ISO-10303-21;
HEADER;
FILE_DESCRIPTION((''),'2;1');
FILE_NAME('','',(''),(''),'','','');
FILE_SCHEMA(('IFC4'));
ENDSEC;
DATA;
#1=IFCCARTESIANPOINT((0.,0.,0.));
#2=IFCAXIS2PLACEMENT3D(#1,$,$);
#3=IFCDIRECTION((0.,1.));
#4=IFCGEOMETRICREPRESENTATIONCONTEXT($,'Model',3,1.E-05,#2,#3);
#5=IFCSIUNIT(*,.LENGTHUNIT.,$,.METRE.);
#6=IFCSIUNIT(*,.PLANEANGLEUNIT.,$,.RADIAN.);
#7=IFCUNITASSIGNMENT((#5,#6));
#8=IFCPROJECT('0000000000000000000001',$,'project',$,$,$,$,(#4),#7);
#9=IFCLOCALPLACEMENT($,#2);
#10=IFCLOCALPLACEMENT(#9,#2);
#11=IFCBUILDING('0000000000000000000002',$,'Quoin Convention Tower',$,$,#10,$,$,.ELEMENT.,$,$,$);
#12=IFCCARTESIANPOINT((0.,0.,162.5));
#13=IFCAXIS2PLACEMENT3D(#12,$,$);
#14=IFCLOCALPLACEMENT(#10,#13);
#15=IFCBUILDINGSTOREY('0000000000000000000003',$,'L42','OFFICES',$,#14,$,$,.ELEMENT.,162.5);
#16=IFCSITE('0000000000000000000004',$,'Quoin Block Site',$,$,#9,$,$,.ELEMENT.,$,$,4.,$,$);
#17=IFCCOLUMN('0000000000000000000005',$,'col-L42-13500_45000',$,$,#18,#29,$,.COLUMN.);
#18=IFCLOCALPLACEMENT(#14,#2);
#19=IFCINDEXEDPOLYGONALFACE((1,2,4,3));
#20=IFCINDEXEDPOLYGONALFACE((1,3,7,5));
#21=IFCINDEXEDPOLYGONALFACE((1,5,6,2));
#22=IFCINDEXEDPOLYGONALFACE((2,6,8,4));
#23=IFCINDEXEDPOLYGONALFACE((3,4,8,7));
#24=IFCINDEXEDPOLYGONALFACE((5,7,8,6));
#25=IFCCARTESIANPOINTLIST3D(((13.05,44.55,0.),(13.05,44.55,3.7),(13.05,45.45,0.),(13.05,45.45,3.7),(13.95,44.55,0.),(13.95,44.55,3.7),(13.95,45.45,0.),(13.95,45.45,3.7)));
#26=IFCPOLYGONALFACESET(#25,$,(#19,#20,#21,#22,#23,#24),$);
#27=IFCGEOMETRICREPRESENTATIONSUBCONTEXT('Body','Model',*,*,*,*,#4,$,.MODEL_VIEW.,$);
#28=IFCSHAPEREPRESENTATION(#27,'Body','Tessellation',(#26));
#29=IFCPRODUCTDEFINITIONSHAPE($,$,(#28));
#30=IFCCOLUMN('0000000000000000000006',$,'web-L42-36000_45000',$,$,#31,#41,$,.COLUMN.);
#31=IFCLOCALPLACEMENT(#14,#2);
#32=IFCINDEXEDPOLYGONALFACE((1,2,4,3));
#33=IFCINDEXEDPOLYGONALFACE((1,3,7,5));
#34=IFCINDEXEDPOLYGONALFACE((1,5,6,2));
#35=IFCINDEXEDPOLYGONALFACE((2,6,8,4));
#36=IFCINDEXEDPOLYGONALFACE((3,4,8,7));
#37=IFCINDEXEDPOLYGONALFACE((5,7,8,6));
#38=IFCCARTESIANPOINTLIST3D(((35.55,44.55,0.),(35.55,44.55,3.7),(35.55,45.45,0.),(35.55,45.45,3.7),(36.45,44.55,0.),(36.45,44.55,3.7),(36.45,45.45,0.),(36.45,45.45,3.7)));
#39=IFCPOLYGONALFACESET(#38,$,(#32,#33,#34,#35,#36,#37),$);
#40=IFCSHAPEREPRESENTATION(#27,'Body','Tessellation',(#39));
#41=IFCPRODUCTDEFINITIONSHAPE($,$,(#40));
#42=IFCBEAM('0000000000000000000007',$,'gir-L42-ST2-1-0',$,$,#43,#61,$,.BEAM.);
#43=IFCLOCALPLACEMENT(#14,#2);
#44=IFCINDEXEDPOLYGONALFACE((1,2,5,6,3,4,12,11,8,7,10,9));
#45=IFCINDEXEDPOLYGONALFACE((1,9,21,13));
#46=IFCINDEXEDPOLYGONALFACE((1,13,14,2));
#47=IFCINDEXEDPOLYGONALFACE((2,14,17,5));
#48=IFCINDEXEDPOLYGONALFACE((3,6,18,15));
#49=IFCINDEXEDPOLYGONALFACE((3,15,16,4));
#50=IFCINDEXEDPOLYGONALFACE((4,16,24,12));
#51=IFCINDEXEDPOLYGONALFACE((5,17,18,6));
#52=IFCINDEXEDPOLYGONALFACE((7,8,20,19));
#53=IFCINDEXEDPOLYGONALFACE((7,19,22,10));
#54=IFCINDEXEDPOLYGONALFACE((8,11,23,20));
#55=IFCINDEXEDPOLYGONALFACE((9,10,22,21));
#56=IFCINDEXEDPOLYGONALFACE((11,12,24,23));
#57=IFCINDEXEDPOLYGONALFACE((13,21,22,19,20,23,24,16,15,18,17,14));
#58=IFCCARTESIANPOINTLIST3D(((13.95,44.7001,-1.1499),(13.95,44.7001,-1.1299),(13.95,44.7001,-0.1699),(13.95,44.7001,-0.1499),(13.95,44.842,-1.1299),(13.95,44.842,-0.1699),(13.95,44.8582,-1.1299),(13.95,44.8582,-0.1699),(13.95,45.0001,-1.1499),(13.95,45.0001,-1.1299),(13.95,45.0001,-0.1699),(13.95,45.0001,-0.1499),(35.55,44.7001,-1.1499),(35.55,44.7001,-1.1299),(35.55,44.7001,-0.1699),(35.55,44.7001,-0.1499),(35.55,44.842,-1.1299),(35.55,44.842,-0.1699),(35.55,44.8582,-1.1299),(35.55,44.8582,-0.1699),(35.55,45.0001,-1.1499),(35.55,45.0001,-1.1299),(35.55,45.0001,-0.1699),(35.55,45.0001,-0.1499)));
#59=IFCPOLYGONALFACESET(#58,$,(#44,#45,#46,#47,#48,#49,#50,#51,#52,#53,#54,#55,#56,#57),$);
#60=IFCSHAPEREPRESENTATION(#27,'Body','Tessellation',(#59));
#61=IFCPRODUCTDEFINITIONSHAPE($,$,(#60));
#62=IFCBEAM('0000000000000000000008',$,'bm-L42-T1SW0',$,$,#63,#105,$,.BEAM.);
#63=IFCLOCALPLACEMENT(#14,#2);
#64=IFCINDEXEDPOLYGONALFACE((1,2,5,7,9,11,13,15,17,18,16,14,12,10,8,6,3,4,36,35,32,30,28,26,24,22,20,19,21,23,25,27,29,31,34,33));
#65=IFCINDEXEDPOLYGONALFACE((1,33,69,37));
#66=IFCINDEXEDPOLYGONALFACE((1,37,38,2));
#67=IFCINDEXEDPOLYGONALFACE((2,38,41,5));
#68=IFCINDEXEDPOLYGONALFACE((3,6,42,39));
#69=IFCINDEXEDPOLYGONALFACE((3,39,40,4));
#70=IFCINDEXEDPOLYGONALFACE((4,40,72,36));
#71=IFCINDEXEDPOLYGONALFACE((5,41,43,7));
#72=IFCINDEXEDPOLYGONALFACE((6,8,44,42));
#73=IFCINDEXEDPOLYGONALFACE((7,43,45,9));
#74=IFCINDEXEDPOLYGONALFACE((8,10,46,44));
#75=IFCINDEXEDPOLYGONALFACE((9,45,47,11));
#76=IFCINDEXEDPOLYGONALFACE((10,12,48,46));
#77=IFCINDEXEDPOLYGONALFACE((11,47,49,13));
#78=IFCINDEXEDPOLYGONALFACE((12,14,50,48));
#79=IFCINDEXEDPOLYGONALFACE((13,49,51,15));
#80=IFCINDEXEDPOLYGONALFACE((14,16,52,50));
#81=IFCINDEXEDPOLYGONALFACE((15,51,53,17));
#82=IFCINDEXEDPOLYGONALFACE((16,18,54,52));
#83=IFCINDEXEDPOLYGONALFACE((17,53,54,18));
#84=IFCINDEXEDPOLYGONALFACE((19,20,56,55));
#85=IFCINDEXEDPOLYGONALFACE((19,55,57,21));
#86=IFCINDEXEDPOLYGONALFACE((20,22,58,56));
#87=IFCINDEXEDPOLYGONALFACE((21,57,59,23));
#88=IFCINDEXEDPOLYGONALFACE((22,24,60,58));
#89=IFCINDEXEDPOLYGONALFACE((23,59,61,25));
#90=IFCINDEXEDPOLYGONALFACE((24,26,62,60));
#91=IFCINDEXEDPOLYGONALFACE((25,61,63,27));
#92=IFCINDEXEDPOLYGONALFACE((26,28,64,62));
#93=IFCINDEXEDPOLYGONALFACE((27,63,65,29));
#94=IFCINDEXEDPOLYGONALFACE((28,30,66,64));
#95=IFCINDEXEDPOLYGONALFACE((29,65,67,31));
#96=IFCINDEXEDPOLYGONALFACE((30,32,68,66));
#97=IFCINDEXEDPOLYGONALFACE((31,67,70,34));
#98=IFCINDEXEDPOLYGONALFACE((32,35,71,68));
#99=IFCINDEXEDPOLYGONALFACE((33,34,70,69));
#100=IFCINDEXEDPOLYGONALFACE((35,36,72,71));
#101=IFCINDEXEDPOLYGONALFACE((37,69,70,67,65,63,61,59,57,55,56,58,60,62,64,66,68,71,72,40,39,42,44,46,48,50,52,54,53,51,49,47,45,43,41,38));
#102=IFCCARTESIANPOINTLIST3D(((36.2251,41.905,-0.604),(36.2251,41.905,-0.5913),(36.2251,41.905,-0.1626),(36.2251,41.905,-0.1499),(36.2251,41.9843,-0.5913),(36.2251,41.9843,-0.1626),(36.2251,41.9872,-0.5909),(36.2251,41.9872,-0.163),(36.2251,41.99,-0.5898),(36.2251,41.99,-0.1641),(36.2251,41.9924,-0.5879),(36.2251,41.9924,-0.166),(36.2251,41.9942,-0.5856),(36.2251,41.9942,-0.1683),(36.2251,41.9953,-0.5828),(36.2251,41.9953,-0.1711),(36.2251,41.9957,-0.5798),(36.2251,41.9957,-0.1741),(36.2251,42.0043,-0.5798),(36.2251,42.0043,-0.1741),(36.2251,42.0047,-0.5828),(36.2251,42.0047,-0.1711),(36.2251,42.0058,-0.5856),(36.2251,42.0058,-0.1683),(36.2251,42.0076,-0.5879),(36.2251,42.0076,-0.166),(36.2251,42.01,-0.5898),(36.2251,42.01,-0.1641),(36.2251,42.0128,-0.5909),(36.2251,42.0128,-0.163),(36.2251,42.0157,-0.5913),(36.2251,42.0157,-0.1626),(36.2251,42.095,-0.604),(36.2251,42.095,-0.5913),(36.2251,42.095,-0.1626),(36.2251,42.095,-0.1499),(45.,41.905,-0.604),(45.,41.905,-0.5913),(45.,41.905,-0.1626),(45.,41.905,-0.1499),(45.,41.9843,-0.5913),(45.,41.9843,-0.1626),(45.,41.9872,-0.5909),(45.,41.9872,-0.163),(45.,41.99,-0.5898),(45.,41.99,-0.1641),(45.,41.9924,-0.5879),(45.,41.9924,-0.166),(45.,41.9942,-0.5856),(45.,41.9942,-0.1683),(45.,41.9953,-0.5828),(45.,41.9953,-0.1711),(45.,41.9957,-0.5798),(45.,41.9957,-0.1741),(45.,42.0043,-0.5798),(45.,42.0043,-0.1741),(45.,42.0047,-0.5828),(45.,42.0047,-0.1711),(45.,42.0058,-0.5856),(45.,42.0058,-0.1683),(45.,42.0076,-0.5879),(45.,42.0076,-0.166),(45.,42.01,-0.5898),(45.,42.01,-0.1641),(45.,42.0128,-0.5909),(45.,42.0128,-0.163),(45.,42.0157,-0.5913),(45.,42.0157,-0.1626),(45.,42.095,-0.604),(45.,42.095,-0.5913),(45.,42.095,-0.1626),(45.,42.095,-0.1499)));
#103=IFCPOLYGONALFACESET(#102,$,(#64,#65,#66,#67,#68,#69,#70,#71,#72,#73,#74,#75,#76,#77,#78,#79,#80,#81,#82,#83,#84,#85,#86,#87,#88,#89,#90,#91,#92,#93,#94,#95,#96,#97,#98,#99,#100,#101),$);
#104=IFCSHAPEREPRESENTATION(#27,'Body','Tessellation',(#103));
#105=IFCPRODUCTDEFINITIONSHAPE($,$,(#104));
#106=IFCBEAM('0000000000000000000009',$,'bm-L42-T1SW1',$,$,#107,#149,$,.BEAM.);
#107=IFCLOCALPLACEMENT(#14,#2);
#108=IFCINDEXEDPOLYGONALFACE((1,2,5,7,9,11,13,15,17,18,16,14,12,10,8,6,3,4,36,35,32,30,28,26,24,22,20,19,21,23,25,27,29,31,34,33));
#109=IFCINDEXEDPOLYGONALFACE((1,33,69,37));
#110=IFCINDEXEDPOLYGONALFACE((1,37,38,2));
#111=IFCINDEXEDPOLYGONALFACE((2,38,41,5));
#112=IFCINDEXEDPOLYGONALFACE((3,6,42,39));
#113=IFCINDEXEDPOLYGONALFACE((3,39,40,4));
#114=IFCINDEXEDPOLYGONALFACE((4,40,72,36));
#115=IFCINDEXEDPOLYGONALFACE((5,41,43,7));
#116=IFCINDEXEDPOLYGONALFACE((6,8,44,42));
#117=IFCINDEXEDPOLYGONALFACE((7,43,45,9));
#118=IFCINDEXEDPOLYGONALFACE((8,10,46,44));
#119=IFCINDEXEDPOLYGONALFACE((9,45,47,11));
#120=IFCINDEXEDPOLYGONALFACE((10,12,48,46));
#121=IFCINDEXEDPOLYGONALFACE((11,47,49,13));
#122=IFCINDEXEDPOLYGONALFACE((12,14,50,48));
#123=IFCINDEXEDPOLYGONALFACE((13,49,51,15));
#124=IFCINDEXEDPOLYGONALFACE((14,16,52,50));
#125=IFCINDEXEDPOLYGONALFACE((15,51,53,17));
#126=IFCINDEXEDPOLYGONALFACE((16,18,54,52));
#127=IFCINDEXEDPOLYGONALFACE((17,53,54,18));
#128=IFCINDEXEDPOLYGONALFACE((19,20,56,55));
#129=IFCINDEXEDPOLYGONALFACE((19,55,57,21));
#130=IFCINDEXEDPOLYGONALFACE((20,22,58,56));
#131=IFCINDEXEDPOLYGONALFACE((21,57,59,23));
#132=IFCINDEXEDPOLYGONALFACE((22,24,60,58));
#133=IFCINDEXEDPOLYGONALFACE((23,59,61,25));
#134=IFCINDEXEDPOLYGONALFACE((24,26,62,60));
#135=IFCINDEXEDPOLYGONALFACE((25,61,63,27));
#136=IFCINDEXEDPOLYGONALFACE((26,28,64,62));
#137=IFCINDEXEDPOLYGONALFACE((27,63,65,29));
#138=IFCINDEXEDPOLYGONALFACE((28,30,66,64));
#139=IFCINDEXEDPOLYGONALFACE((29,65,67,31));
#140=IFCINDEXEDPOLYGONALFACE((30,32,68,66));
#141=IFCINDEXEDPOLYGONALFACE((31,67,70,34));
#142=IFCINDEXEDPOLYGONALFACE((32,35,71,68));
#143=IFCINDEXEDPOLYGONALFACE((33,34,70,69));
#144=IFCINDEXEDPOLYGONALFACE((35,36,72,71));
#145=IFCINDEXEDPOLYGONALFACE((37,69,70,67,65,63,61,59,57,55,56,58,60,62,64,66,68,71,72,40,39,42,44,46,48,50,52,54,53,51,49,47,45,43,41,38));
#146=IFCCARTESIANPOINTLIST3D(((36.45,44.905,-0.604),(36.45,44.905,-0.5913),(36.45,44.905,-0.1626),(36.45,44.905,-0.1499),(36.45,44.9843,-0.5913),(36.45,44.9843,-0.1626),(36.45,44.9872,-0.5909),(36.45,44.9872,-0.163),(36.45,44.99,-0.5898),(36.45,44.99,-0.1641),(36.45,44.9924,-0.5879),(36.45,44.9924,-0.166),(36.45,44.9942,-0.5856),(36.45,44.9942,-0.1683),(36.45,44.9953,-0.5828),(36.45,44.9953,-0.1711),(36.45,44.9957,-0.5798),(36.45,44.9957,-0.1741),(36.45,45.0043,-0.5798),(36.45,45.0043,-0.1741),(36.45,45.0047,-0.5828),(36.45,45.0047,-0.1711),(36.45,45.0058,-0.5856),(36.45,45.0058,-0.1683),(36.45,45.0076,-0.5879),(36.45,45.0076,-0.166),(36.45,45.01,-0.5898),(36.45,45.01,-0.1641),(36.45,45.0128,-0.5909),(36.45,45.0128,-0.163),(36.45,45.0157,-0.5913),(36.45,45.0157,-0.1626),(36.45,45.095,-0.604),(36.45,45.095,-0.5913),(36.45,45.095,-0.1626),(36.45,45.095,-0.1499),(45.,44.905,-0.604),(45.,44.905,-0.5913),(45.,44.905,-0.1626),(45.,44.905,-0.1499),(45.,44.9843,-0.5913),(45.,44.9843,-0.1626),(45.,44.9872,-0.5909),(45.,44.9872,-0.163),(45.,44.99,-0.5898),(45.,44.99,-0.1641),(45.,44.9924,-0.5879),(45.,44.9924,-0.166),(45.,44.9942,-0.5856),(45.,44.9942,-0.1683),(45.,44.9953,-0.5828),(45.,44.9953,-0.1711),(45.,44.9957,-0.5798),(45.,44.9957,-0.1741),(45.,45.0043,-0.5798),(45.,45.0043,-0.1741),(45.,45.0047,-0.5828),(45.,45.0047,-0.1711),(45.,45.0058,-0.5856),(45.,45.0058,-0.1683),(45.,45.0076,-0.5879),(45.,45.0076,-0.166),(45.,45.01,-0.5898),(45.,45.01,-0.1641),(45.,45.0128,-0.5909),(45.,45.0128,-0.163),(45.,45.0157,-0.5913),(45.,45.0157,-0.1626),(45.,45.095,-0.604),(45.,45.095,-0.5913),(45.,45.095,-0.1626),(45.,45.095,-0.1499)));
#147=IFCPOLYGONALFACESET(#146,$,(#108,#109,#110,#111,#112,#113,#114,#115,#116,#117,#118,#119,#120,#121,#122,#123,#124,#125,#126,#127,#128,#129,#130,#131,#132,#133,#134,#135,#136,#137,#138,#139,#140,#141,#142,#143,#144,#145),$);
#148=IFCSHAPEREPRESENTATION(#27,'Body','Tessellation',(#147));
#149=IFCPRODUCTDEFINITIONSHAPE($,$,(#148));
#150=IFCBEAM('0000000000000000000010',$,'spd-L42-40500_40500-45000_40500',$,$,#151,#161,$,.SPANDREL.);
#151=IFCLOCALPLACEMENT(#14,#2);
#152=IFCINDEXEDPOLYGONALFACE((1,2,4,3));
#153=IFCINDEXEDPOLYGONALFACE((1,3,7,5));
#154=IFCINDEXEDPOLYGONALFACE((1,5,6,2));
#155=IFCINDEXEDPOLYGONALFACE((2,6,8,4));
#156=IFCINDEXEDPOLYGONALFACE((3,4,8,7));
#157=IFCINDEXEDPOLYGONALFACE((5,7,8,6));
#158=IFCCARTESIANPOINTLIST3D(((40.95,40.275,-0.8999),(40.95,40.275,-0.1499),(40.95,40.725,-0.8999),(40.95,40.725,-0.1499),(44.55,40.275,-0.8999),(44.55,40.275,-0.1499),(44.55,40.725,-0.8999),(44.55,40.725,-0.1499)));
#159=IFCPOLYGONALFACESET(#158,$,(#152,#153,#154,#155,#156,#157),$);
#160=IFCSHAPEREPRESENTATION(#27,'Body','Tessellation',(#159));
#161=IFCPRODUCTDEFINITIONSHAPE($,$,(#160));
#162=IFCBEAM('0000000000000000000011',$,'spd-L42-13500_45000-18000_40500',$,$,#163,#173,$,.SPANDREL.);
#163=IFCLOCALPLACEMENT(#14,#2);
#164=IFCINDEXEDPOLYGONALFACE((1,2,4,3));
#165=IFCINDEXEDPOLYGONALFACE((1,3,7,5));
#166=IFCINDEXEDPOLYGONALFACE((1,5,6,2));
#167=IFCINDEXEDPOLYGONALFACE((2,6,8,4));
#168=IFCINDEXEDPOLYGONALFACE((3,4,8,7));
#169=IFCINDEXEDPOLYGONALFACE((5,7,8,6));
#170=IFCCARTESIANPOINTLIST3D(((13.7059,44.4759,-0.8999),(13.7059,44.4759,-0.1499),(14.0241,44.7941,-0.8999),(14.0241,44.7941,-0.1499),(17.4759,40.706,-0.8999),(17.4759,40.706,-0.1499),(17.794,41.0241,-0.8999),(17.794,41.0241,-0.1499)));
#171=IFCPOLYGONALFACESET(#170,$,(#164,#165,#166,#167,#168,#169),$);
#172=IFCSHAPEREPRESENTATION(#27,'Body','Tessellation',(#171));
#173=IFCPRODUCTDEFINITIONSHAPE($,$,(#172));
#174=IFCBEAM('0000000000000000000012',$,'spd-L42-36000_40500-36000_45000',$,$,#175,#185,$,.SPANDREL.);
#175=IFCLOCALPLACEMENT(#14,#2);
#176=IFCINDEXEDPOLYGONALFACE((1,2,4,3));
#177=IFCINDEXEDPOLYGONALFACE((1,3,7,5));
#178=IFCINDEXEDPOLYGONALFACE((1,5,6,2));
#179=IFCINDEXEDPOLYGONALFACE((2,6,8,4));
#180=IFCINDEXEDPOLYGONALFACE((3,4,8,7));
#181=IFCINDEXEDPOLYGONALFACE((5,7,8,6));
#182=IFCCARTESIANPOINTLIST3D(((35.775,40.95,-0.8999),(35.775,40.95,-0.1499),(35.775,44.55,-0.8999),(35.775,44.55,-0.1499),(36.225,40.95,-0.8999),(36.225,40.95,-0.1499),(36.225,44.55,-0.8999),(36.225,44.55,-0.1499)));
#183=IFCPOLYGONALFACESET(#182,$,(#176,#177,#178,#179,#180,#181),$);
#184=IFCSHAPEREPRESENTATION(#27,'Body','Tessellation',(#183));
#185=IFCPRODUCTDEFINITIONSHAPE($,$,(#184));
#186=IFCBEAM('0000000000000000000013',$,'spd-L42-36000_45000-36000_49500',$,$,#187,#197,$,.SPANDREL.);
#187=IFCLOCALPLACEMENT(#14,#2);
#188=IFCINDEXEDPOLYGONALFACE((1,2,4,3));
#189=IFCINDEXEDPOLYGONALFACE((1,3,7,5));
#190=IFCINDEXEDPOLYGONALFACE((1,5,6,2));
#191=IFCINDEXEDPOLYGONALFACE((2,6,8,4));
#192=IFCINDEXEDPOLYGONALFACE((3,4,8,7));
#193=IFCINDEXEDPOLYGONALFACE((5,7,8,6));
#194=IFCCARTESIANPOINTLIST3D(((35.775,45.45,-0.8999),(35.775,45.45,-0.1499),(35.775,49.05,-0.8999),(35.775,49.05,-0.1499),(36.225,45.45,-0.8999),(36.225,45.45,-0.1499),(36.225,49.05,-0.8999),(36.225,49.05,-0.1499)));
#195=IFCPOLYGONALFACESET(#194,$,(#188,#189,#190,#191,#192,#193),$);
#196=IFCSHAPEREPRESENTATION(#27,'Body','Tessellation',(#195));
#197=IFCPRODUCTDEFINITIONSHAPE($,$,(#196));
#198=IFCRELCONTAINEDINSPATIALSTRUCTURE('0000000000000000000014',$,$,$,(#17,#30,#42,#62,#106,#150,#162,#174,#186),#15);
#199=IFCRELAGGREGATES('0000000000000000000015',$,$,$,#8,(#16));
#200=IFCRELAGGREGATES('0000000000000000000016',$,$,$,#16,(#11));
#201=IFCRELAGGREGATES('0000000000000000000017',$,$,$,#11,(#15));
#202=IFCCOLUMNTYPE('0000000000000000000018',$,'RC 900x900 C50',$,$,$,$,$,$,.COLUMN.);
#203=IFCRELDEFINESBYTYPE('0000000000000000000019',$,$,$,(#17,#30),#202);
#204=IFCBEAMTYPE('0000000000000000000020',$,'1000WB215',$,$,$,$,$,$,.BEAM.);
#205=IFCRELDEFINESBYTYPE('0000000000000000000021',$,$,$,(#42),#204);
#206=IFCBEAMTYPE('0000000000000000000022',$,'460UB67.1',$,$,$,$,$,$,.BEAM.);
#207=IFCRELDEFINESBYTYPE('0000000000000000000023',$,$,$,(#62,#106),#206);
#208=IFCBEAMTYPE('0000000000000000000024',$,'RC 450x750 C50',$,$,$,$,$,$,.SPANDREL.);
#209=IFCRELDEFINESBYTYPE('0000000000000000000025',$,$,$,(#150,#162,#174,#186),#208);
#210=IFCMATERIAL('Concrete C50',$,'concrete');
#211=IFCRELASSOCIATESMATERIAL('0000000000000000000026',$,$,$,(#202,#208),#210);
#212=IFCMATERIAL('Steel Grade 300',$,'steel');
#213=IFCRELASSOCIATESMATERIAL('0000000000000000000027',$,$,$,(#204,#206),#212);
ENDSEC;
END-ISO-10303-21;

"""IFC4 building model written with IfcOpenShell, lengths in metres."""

from ifc_helpers import new_model, si_unit, direction, frame, origin, origin_2d, place, context, subcontext, project, spatial, rectangle, i_section, extrude, material, material_profile, profile_set, type_object, element, save


model = new_model("IFC4")

# Units and contexts
model_context = context("Model", 3, precision=1e-05, world=origin(), true_north=direction((0.0, 1.0)))
body_context = subcontext(model_context, "Body", "Model", "MODEL_VIEW")
ifc_project = project(units=[si_unit("LENGTHUNIT", "METRE"), si_unit("PLANEANGLEUNIT", "RADIAN")], contexts=[model_context])

# Site, building, storey
site_placement = place(None, origin())
site = spatial("IfcSite", under=ifc_project, at=site_placement, Name="Quoin Block Site", CompositionType="ELEMENT", RefElevation=4.0)
building_placement = place(site_placement, origin())
building = spatial("IfcBuilding", under=site, at=building_placement, Name="Quoin Convention Tower", CompositionType="ELEMENT")
storey_placement = place(building_placement, frame((0.0, 0.0, 162.5)))
storey = spatial("IfcBuildingStorey", under=building, at=storey_placement, Name="L42", Description="OFFICES", CompositionType="ELEMENT", Elevation=162.5)

# Columns
ifc_material_1 = material(Name="Concrete C50", Category="concrete")
ifc_material_profile_1 = material_profile(ifc_material_1, rectangle(XDim=0.8999, YDim=0.8999, at=origin_2d()), Name="RC 900x900")
ifc_profile_set_1 = profile_set([ifc_material_profile_1], Name="Concrete C50")
column_type = type_object("IfcColumnType", Name="RC 900x900 C50", PredefinedType="COLUMN", material=ifc_profile_set_1)
for number, where, z_axis, x_axis, name in (
    (1, (13.5, 45.0, 0.0), (0.0, 0.0, 1.0), (1.0, 0.0, 0.0), "col-L42-13500_45000"),
    (2, (36.0, 45.0, 0.0), (0.0, 0.0, 1.0), (1.0, 0.0, 0.0), "web-L42-36000_45000"),
):
    element("IfcColumn", number, at=place(storey_placement, frame(where, z_axis=z_axis, x_axis=x_axis)), inside=storey, type_object=column_type, Name=name, PredefinedType="COLUMN", context=body_context, shape_type="SweptSolid", body=[
        extrude(rectangle(XDim=0.8999, YDim=0.8999, at=origin_2d()), origin(), (0.0, 0.0, 1.0), 3.7),
    ])

# Beams
ifc_material_2 = material(Name="Steel Grade 300", Category="steel")
ifc_material_profile_2 = material_profile(ifc_material_2, i_section(OverallWidth=0.3, OverallDepth=1.0, WebThickness=0.0161, FlangeThickness=0.02, at=origin_2d()), Name="1000WB215")
ifc_profile_set_2 = profile_set([ifc_material_profile_2], Name="Steel Grade 300")
beam_type_1 = type_object("IfcBeamType", Name="1000WB215", PredefinedType="BEAM", material=ifc_profile_set_2)
beam_1_placement = place(storey_placement, frame((13.95, 44.8501, -0.6499), z_axis=(1.0, 0.0, 0.0), x_axis=(0.0, 1.0, 0.0)))
element("IfcBeam", 3, at=beam_1_placement, inside=storey, type_object=beam_type_1, Name="gir-L42-ST2-1-0", PredefinedType="BEAM", context=body_context, shape_type="SweptSolid", body=[
    extrude(i_section(OverallWidth=0.3, OverallDepth=1.0, WebThickness=0.0161, FlangeThickness=0.02, at=origin_2d()), origin(), (0.0, 0.0, 1.0), 21.6001),
])
ifc_material_profile_3 = material_profile(ifc_material_2, i_section(OverallWidth=0.1899, OverallDepth=0.4541, WebThickness=0.0085, FlangeThickness=0.0127, FilletRadius=0.0115, at=origin_2d()), Name="460UB67.1")
ifc_profile_set_3 = profile_set([ifc_material_profile_3], Name="Steel Grade 300")
beam_type_2 = type_object("IfcBeamType", Name="460UB67.1", PredefinedType="BEAM", material=ifc_profile_set_3)
beam_2_placement = place(storey_placement, frame((36.2251, 42.0, -0.377), z_axis=(1.0, 0.0, 0.0), x_axis=(0.0, 1.0, 0.0)))
element("IfcBeam", 4, at=beam_2_placement, inside=storey, type_object=beam_type_2, Name="bm-L42-T1SW0", PredefinedType="BEAM", context=body_context, shape_type="SweptSolid", body=[
    extrude(i_section(OverallWidth=0.1899, OverallDepth=0.4541, WebThickness=0.0085, FlangeThickness=0.0127, FilletRadius=0.0115, at=origin_2d()), origin(), (0.0, 0.0, 1.0), 8.7749),
])
beam_3_placement = place(storey_placement, frame((36.45, 45.0, -0.377), z_axis=(1.0, 0.0, 0.0), x_axis=(0.0, 1.0, 0.0)))
element("IfcBeam", 5, at=beam_3_placement, inside=storey, type_object=beam_type_2, Name="bm-L42-T1SW1", PredefinedType="BEAM", context=body_context, shape_type="SweptSolid", body=[
    extrude(i_section(OverallWidth=0.1899, OverallDepth=0.4541, WebThickness=0.0085, FlangeThickness=0.0127, FilletRadius=0.0115, at=origin_2d()), origin(), (0.0, 0.0, 1.0), 8.55),
])
ifc_material_profile_4 = material_profile(ifc_material_1, rectangle(XDim=0.45, YDim=0.75, at=origin_2d()), Name="RC 450x750")
ifc_profile_set_4 = profile_set([ifc_material_profile_4], Name="Concrete C50")
beam_type_3 = type_object("IfcBeamType", Name="RC 450x750 C50", PredefinedType="SPANDREL", material=ifc_profile_set_4)
beam_4_placement = place(storey_placement, frame((40.95, 40.5, -0.5249), z_axis=(1.0, 0.0, 0.0), x_axis=(0.0, 1.0, 0.0)))
element("IfcBeam", 6, at=beam_4_placement, inside=storey, type_object=beam_type_3, Name="spd-L42-40500_40500-45000_40500", PredefinedType="SPANDREL", context=body_context, shape_type="SweptSolid", body=[
    extrude(rectangle(XDim=0.45, YDim=0.75, at=origin_2d()), origin(), (0.0, 0.0, 1.0), 3.6001),
])
beam_5_placement = place(storey_placement, frame((13.865, 44.635, -0.5249), z_axis=(0.707107, -0.707107, 0.0), x_axis=(0.707107, 0.707107, 0.0)))
element("IfcBeam", 7, at=beam_5_placement, inside=storey, type_object=beam_type_3, Name="spd-L42-13500_45000-18000_40500", PredefinedType="SPANDREL", context=body_context, shape_type="SweptSolid", body=[
    extrude(rectangle(XDim=0.45, YDim=0.75, at=origin_2d()), origin(), (0.0, 0.0, 1.0), 5.3315),
])
for number, where, z_axis, x_axis, name in (
    (8, (36.0, 40.95, -0.5249), (0.0, 1.0, 0.0), (-1.0, 0.0, 0.0), "spd-L42-36000_40500-36000_45000"),
    (9, (36.0, 45.45, -0.5249), (0.0, 1.0, 0.0), (-1.0, 0.0, 0.0), "spd-L42-36000_45000-36000_49500"),
):
    element("IfcBeam", number, at=place(storey_placement, frame(where, z_axis=z_axis, x_axis=x_axis)), inside=storey, type_object=beam_type_3, Name=name, PredefinedType="SPANDREL", context=body_context, shape_type="SweptSolid", body=[
        extrude(rectangle(XDim=0.45, YDim=0.75, at=origin_2d()), origin(), (0.0, 0.0, 1.0), 3.6001),
    ])

save(model, "model.ifc")
